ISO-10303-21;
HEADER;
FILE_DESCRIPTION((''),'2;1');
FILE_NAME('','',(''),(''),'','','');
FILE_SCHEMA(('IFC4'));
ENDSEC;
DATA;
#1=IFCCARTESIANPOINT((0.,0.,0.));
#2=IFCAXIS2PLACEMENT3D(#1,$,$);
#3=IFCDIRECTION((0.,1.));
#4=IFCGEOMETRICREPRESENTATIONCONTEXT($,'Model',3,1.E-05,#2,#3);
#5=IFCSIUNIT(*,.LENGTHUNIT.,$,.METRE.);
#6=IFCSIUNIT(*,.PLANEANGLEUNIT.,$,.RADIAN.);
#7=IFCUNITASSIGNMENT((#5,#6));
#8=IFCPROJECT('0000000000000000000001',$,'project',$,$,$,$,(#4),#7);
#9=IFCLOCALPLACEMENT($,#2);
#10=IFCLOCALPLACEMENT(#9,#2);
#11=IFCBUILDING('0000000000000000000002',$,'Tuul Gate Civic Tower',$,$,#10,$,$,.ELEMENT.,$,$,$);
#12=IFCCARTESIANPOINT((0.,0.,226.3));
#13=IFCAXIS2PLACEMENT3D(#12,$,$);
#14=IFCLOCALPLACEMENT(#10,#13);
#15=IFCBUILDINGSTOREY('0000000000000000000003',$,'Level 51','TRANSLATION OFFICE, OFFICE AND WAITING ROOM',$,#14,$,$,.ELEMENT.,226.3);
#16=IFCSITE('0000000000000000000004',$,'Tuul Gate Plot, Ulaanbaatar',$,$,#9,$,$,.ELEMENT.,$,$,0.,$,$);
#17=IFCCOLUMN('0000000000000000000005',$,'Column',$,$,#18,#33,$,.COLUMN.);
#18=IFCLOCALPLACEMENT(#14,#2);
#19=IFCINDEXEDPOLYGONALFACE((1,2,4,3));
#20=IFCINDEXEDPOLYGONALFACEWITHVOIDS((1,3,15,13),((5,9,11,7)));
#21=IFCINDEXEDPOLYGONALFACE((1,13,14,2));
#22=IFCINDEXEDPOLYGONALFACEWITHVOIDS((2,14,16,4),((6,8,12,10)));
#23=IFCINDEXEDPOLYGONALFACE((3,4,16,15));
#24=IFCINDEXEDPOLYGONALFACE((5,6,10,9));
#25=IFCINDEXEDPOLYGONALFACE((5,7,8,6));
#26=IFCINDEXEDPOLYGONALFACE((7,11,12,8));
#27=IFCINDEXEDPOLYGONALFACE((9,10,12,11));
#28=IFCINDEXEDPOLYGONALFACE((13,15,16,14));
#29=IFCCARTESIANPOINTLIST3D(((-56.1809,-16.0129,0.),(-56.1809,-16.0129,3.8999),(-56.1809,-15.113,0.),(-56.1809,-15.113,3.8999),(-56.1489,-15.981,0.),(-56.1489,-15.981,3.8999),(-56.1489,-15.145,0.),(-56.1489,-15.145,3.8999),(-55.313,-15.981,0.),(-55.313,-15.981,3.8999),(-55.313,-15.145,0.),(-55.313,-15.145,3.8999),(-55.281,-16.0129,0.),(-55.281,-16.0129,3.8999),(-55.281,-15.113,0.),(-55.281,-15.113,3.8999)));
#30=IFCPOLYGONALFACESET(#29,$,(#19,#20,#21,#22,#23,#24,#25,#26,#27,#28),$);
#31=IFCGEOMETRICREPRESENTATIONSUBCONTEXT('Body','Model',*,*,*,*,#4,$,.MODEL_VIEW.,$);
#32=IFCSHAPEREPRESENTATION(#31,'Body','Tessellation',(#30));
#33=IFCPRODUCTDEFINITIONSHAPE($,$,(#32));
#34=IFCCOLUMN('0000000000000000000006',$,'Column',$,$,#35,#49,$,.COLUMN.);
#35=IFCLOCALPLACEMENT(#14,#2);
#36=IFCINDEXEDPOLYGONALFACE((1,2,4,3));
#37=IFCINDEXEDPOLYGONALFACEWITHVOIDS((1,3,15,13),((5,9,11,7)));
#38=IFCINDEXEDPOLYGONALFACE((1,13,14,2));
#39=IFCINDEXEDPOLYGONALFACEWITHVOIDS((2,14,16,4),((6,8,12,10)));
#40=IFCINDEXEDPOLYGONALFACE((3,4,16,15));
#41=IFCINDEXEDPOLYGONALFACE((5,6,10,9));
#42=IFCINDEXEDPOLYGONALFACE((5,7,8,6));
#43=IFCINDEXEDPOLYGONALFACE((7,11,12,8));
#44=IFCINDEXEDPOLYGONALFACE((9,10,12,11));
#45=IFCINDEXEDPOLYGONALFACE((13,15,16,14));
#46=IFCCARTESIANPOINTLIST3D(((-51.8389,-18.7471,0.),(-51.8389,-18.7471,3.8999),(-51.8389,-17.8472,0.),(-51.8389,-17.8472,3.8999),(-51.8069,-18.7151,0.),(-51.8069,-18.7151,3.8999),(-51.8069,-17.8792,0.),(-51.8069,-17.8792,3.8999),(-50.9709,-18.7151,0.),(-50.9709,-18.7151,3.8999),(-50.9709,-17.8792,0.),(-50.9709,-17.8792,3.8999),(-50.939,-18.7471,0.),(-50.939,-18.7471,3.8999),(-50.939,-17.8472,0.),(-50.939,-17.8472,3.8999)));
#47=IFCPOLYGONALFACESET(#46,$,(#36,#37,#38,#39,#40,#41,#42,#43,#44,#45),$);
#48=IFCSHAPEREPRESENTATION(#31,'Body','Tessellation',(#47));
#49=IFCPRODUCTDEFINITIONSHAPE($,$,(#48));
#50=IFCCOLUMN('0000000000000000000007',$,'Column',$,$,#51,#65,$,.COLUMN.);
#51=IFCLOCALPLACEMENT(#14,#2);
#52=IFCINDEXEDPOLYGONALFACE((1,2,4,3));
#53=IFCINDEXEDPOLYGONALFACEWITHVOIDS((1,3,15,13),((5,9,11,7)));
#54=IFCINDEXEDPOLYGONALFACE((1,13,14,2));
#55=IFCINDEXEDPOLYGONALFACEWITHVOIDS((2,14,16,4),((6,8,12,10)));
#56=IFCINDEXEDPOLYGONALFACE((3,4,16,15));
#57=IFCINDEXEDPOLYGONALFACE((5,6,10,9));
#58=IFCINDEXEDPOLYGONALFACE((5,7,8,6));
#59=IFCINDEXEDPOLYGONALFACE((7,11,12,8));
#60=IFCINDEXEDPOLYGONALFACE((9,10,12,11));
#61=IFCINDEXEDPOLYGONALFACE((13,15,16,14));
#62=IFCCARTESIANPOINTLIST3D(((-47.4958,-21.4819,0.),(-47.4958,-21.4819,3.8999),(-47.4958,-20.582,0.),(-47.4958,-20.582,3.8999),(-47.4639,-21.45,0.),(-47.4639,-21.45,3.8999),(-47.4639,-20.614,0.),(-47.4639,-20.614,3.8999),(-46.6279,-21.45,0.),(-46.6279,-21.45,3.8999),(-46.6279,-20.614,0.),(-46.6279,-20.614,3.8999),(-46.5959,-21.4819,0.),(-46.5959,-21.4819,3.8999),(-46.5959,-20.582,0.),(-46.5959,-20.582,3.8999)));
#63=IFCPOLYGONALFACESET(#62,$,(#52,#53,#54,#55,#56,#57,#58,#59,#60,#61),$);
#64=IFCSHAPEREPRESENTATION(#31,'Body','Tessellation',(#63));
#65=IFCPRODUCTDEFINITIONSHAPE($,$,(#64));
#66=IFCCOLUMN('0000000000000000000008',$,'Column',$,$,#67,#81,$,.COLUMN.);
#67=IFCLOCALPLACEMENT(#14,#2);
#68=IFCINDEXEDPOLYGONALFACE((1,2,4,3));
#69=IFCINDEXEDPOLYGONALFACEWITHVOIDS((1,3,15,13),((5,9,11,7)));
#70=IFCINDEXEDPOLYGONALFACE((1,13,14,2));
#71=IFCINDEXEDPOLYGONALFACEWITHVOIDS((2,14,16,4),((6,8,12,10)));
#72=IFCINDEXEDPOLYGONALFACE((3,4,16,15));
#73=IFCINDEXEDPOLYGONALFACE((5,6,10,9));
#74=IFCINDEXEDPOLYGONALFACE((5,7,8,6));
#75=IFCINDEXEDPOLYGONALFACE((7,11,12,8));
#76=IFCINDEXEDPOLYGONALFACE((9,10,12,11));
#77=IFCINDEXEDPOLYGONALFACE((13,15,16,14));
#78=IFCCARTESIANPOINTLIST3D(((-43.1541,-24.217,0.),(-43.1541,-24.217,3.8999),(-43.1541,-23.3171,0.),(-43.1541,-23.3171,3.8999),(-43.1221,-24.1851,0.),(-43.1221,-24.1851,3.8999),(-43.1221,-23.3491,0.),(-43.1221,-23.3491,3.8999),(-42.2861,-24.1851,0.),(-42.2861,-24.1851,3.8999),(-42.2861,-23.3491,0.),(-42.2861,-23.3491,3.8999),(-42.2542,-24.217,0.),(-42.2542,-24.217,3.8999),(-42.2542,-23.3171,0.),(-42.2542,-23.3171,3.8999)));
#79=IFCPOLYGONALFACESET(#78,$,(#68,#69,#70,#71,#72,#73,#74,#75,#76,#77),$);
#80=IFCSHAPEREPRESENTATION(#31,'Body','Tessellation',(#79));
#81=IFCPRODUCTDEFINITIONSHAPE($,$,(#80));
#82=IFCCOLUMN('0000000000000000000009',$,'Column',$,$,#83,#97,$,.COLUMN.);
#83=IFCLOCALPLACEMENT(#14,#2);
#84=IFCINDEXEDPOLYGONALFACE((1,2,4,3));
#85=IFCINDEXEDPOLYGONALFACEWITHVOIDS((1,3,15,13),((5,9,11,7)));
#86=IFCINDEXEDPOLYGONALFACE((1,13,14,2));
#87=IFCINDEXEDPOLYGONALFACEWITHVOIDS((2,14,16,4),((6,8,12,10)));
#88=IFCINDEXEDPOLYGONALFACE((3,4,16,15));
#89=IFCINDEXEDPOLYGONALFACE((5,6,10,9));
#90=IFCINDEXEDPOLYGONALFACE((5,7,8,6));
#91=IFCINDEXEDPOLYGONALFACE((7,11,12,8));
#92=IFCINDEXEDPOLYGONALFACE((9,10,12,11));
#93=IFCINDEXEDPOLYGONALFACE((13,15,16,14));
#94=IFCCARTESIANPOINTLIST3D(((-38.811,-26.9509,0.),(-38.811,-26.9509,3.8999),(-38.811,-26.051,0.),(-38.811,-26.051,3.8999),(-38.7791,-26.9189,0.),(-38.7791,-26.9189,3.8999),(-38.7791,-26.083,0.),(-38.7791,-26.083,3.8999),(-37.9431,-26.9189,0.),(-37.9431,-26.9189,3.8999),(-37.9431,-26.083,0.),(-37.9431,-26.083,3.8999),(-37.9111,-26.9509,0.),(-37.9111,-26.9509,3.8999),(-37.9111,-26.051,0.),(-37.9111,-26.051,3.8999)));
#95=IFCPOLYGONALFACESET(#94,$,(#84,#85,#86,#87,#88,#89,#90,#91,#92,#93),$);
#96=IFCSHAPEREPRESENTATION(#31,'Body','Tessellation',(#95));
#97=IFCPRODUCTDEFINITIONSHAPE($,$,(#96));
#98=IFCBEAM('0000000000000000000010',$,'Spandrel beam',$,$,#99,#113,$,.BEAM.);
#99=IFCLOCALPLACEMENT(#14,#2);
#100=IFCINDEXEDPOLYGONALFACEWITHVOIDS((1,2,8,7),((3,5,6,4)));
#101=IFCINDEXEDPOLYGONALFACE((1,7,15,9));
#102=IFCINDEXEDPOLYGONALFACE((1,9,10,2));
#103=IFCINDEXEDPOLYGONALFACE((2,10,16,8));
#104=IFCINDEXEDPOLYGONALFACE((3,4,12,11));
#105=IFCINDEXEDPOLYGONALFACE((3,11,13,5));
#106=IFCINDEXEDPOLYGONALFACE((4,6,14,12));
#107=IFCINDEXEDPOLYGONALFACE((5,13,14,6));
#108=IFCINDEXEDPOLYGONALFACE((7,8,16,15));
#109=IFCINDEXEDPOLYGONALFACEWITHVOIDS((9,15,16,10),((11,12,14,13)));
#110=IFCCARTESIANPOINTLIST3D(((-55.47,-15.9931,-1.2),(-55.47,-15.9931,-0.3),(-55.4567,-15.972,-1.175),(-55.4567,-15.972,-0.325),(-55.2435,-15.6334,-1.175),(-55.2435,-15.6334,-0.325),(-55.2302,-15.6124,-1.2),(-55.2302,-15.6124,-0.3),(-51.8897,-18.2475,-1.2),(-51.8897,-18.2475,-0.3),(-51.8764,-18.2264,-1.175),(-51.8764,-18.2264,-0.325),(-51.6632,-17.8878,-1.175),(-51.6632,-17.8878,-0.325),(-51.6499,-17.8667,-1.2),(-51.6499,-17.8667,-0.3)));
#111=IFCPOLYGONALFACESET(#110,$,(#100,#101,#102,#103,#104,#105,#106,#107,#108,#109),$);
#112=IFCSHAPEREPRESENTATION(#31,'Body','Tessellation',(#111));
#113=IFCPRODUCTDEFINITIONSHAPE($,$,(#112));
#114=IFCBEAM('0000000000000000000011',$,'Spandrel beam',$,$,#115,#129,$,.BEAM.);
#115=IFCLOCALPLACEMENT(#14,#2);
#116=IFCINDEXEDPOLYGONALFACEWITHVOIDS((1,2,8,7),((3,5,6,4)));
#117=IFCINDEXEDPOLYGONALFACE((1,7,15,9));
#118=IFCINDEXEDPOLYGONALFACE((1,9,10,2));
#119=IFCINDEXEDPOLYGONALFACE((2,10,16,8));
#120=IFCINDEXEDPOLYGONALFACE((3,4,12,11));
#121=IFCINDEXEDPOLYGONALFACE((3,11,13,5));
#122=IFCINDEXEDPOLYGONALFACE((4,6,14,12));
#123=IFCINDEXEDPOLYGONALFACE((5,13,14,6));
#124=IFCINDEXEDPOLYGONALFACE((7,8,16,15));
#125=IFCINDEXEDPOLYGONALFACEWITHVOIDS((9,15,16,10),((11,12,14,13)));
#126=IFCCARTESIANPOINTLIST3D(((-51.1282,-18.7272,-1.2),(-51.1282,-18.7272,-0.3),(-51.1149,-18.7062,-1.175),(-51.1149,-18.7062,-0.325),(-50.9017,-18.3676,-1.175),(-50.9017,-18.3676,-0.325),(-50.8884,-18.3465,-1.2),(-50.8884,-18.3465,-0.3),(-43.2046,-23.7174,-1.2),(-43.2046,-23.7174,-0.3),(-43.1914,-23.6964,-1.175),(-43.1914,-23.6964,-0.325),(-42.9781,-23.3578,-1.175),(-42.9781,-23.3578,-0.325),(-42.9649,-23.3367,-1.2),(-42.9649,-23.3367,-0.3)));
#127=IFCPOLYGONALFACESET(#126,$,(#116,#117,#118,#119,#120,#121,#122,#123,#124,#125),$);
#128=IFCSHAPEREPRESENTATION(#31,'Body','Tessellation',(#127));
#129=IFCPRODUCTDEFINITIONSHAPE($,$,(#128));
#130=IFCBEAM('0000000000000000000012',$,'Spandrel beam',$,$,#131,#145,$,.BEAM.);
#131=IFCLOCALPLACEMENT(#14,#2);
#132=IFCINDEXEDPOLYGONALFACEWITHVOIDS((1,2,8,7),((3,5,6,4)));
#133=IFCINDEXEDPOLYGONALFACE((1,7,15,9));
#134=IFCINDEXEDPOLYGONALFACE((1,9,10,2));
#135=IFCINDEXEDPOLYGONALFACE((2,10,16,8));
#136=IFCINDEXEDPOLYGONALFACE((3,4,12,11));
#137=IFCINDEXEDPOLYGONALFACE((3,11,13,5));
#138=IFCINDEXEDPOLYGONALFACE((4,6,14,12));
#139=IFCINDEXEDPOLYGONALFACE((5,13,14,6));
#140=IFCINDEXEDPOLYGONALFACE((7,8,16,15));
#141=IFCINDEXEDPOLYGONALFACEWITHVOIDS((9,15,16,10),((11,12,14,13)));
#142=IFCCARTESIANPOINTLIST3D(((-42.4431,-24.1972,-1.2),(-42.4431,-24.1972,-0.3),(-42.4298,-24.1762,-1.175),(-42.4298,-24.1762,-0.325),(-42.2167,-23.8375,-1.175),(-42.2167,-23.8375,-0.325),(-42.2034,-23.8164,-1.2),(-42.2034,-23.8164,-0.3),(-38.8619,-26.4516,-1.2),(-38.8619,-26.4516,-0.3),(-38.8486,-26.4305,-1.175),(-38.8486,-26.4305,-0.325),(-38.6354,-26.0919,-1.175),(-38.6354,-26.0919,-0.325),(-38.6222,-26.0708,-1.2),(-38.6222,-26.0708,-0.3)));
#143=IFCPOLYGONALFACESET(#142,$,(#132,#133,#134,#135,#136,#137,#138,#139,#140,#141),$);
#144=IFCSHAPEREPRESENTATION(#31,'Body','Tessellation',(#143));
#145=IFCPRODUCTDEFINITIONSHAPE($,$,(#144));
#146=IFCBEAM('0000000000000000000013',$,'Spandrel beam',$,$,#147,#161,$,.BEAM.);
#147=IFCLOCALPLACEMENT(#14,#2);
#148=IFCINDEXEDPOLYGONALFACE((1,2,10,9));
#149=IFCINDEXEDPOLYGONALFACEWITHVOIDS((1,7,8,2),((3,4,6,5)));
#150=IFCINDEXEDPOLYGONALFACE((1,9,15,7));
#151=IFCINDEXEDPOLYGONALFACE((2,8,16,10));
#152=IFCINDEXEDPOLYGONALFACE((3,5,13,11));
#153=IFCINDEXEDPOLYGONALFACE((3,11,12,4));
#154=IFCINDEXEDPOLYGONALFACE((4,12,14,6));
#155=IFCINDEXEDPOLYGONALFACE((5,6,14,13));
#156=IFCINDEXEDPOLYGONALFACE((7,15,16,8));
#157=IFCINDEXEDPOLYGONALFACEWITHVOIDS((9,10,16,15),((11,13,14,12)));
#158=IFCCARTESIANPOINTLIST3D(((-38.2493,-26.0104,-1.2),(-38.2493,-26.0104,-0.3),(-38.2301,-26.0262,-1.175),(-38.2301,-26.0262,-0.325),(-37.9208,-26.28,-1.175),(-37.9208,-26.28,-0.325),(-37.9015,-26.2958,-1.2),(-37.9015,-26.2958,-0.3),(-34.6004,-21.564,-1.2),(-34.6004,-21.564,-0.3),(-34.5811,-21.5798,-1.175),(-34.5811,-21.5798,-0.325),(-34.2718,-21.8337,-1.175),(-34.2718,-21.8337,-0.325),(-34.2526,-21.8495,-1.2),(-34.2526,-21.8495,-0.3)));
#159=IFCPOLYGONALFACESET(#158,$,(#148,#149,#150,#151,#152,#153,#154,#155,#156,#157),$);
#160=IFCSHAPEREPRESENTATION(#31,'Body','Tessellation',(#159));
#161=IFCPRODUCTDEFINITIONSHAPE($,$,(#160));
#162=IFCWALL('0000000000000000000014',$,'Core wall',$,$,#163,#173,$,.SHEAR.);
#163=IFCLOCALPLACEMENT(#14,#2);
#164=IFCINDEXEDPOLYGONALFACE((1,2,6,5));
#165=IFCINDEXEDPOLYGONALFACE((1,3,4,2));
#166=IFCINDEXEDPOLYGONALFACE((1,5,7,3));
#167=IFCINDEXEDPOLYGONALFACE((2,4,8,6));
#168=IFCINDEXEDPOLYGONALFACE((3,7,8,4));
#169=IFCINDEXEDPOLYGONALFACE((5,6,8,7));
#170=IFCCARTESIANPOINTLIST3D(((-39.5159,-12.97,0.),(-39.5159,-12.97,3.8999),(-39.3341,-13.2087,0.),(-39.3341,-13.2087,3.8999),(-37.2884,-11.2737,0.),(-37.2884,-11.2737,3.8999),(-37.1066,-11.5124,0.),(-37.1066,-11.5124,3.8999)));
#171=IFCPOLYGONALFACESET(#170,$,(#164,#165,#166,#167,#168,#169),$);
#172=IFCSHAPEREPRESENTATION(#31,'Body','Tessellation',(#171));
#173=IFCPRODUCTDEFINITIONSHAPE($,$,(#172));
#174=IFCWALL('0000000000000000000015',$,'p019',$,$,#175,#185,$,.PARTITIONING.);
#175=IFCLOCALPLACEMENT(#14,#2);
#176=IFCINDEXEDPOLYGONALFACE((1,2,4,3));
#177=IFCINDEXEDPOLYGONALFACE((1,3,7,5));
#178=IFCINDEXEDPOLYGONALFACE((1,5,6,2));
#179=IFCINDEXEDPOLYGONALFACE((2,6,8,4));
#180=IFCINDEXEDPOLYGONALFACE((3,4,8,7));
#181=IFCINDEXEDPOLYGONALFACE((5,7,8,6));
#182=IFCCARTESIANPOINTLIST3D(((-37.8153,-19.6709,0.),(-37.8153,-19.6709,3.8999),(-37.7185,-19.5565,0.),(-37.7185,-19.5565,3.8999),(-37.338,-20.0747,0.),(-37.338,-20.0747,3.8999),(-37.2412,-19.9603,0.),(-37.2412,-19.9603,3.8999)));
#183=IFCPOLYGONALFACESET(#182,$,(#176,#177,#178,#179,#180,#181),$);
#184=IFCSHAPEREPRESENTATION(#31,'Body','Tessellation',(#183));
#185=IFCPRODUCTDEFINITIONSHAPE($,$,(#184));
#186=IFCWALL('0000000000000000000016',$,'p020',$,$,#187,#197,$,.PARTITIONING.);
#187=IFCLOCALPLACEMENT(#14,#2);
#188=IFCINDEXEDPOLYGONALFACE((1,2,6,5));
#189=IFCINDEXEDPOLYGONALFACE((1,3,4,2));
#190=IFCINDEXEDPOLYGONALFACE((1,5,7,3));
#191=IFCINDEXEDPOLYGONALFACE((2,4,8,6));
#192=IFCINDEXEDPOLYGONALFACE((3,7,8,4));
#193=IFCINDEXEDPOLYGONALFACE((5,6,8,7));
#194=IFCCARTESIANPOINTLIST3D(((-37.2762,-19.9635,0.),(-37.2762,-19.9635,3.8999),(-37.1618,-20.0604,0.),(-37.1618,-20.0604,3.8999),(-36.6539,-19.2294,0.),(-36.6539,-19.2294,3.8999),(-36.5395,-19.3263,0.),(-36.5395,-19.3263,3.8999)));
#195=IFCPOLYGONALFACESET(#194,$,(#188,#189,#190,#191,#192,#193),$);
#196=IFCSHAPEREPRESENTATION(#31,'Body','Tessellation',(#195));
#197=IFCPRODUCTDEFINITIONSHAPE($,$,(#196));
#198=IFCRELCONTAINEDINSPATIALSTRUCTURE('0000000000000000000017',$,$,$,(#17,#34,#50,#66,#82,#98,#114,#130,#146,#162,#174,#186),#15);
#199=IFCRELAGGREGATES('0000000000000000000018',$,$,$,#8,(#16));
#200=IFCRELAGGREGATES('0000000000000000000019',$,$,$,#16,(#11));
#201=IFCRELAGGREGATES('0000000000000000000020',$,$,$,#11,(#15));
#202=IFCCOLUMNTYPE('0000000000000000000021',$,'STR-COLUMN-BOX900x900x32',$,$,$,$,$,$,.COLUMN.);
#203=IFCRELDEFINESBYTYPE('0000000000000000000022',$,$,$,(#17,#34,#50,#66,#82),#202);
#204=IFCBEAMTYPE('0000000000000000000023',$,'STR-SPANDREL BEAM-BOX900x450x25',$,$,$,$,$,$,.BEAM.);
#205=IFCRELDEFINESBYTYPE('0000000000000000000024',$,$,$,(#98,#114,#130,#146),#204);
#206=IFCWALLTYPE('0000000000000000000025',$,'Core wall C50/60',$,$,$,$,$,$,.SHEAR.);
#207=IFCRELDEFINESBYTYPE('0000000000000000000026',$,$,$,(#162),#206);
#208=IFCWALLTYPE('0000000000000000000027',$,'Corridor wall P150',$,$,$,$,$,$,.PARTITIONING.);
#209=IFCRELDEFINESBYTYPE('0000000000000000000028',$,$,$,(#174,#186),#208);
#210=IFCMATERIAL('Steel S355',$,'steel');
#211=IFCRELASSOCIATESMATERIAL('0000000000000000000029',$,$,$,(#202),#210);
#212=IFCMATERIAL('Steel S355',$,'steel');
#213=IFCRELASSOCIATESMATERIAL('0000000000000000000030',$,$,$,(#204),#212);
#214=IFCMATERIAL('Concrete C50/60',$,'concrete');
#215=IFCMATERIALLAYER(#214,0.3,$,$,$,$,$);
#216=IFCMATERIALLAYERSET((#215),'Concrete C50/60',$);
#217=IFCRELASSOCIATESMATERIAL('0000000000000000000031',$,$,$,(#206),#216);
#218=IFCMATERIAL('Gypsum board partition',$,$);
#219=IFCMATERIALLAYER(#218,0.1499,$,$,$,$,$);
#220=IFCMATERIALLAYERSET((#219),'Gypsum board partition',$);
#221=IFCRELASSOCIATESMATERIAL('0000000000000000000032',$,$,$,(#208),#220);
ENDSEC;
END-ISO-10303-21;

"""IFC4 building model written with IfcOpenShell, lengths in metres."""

from ifc_helpers import new_model, si_unit, direction, frame, frame_2d, origin, origin_2d, place, context, subcontext, project, spatial, rectangle, hollow_rectangle, extrude, material, layer, layer_set, material_profile, profile_set, type_object, element, save


model = new_model("IFC4")

# Units and contexts
model_context = context("Model", 3, precision=1e-05, world=origin(), true_north=direction((0.0, 1.0)))
body_context = subcontext(model_context, "Body", "Model", "MODEL_VIEW")
ifc_project = project(units=[si_unit("LENGTHUNIT", "METRE"), si_unit("PLANEANGLEUNIT", "RADIAN")], contexts=[model_context])

# Site, building, storey
site_placement = place(None, origin())
site = spatial("IfcSite", under=ifc_project, at=site_placement, Name="Tuul Gate Plot, Ulaanbaatar", CompositionType="ELEMENT", RefElevation=0.0)
building_placement = place(site_placement, origin())
building = spatial("IfcBuilding", under=site, at=building_placement, Name="Tuul Gate Civic Tower", CompositionType="ELEMENT")
storey_placement = place(building_placement, frame((0.0, 0.0, 226.3)))
storey = spatial("IfcBuildingStorey", under=building, at=storey_placement, Name="Level 51", Description="TRANSLATION OFFICE, OFFICE AND WAITING ROOM", CompositionType="ELEMENT", Elevation=226.3)

# Columns
ifc_material_1 = material(Name="Steel S355", Category="steel")
ifc_material_profile_1 = material_profile(ifc_material_1, hollow_rectangle(XDim=0.8999, YDim=0.8999, WallThickness=0.032, at=origin_2d()), Name="BOX900x900x32")
ifc_profile_set_1 = profile_set([ifc_material_profile_1], Name="Steel S355")
column_type = type_object("IfcColumnType", Name="STR-COLUMN-BOX900x900x32", PredefinedType="COLUMN", material=ifc_profile_set_1)
for number, where, z_axis, x_axis, name in (
    (1, (-55.731, -15.563, 0.0), (0.0, 0.0, 1.0), (1.0, 0.0, 0.0), "Column"),
    (2, (-51.3889, -18.2971, 0.0), (0.0, 0.0, 1.0), (1.0, 0.0, 0.0), "Column"),
    (3, (-47.0459, -21.032, 0.0), (0.0, 0.0, 1.0), (1.0, 0.0, 0.0), "Column"),
    (4, (-42.7041, -23.7671, 0.0), (0.0, 0.0, 1.0), (1.0, 0.0, 0.0), "Column"),
    (5, (-38.3611, -26.501, 0.0), (0.0, 0.0, 1.0), (1.0, 0.0, 0.0), "Column"),
):
    element("IfcColumn", number, at=place(storey_placement, frame(where, z_axis=z_axis, x_axis=x_axis)), inside=storey, type_object=column_type, Name=name, PredefinedType="COLUMN", context=body_context, shape_type="SweptSolid", body=[
        extrude(hollow_rectangle(XDim=0.8999, YDim=0.8999, WallThickness=0.032, at=origin_2d()), origin(), (0.0, 0.0, 1.0), 3.8999),
    ])

# Beams
ifc_material_2 = material(Name="Steel S355", Category="steel")
ifc_material_profile_2 = material_profile(ifc_material_2, hollow_rectangle(XDim=0.45, YDim=0.8999, WallThickness=0.0249, at=origin_2d()), Name="BOX900x450x25")
ifc_profile_set_2 = profile_set([ifc_material_profile_2], Name="Steel S355")
beam_type = type_object("IfcBeamType", Name="STR-SPANDREL BEAM-BOX900x450x25", PredefinedType="BEAM", material=ifc_profile_set_2)
beam_1_placement = place(storey_placement, frame((-55.3501, -15.8027, -0.75), z_axis=(0.84622, -0.532833, 0.0), x_axis=(0.532833, 0.84622, 0.0)))
element("IfcBeam", 6, at=beam_1_placement, inside=storey, type_object=beam_type, Name="Spandrel beam", PredefinedType="BEAM", context=body_context, shape_type="SweptSolid", body=[
    extrude(hollow_rectangle(XDim=0.45, YDim=0.8999, WallThickness=0.0249, at=origin_2d()), origin(), (0.0, 0.0, 1.0), 4.231),
])
beam_2_placement = place(storey_placement, frame((-51.0083, -18.5369, -0.75), z_axis=(0.84617, -0.532914, 0.0), x_axis=(0.532914, 0.84617, 0.0)))
element("IfcBeam", 7, at=beam_2_placement, inside=storey, type_object=beam_type, Name="Spandrel beam", PredefinedType="BEAM", context=body_context, shape_type="SweptSolid", body=[
    extrude(hollow_rectangle(XDim=0.45, YDim=0.8999, WallThickness=0.0249, at=origin_2d()), origin(), (0.0, 0.0, 1.0), 9.364),
])
beam_3_placement = place(storey_placement, frame((-42.3232, -24.0068, -0.75), z_axis=(0.846286, -0.532729, 0.0), x_axis=(0.532729, 0.846286, 0.0)))
element("IfcBeam", 8, at=beam_3_placement, inside=storey, type_object=beam_type, Name="Spandrel beam", PredefinedType="BEAM", context=body_context, shape_type="SweptSolid", body=[
    extrude(hollow_rectangle(XDim=0.45, YDim=0.8999, WallThickness=0.0249, at=origin_2d()), origin(), (0.0, 0.0, 1.0), 4.2317),
])
beam_4_placement = place(storey_placement, frame((-38.0754, -26.1531, -0.75), z_axis=(0.634388, 0.773015, 0.0), x_axis=(-0.773015, 0.634388, 0.0)))
element("IfcBeam", 9, at=beam_4_placement, inside=storey, type_object=beam_type, Name="Spandrel beam", PredefinedType="BEAM", context=body_context, shape_type="SweptSolid", body=[
    extrude(hollow_rectangle(XDim=0.45, YDim=0.8999, WallThickness=0.0249, at=origin_2d()), origin(), (0.0, 0.0, 1.0), 5.752),
])

# Walls
ifc_material_3 = material(Name="Concrete C50/60", Category="concrete")
ifc_layer_1 = layer(ifc_material_3, 0.3)
ifc_layer_set_1 = layer_set([ifc_layer_1], Name="Concrete C50/60")
wall_type_1 = type_object("IfcWallType", Name="Core wall C50/60", PredefinedType="SHEAR", material=ifc_layer_set_1)
wall_1_placement = place(storey_placement, frame((-37.1975, -11.3931, 0.0), z_axis=(0.0, 0.0, 1.0), x_axis=(-0.795584, -0.605844, 0.0)))
element("IfcWall", 10, at=wall_1_placement, inside=storey, type_object=wall_type_1, Name="Core wall", PredefinedType="SHEAR", context=body_context, shape_type="SweptSolid", body=[
    extrude(rectangle(XDim=2.7998, YDim=0.3, at=frame_2d((1.3999, 0.0))), origin(), (0.0, 0.0, 1.0), 3.8999),
])
ifc_material_4 = material(Name="Gypsum board partition")
ifc_layer_2 = layer(ifc_material_4, 0.1499)
ifc_layer_set_2 = layer_set([ifc_layer_2], Name="Gypsum board partition")
wall_type_2 = type_object("IfcWallType", Name="Corridor wall P150", PredefinedType="PARTITIONING", material=ifc_layer_set_2)
wall_2_placement = place(storey_placement, frame((-37.7668, -19.6138, 0.0), z_axis=(0.0, 0.0, 1.0), x_axis=(0.763431, -0.64589, 0.0)))
element("IfcWall", 11, at=wall_2_placement, inside=storey, type_object=wall_type_2, Name="p019", PredefinedType="PARTITIONING", context=body_context, shape_type="SweptSolid", body=[
    extrude(rectangle(XDim=0.6252, YDim=0.1499, at=frame_2d((0.3125, 0.0))), origin(), (0.0, 0.0, 1.0), 3.8999),
])
wall_3_placement = place(storey_placement, frame((-37.219, -20.012, 0.0), z_axis=(0.0, 0.0, 1.0), x_axis=(0.646624, 0.762809, 0.0)))
element("IfcWall", 12, at=wall_3_placement, inside=storey, type_object=wall_type_2, Name="p020", PredefinedType="PARTITIONING", context=body_context, shape_type="SweptSolid", body=[
    extrude(rectangle(XDim=0.9624, YDim=0.1499, at=frame_2d((0.4812, 0.0))), origin(), (0.0, 0.0, 1.0), 3.8999),
])

save(model, "model.ifc")
